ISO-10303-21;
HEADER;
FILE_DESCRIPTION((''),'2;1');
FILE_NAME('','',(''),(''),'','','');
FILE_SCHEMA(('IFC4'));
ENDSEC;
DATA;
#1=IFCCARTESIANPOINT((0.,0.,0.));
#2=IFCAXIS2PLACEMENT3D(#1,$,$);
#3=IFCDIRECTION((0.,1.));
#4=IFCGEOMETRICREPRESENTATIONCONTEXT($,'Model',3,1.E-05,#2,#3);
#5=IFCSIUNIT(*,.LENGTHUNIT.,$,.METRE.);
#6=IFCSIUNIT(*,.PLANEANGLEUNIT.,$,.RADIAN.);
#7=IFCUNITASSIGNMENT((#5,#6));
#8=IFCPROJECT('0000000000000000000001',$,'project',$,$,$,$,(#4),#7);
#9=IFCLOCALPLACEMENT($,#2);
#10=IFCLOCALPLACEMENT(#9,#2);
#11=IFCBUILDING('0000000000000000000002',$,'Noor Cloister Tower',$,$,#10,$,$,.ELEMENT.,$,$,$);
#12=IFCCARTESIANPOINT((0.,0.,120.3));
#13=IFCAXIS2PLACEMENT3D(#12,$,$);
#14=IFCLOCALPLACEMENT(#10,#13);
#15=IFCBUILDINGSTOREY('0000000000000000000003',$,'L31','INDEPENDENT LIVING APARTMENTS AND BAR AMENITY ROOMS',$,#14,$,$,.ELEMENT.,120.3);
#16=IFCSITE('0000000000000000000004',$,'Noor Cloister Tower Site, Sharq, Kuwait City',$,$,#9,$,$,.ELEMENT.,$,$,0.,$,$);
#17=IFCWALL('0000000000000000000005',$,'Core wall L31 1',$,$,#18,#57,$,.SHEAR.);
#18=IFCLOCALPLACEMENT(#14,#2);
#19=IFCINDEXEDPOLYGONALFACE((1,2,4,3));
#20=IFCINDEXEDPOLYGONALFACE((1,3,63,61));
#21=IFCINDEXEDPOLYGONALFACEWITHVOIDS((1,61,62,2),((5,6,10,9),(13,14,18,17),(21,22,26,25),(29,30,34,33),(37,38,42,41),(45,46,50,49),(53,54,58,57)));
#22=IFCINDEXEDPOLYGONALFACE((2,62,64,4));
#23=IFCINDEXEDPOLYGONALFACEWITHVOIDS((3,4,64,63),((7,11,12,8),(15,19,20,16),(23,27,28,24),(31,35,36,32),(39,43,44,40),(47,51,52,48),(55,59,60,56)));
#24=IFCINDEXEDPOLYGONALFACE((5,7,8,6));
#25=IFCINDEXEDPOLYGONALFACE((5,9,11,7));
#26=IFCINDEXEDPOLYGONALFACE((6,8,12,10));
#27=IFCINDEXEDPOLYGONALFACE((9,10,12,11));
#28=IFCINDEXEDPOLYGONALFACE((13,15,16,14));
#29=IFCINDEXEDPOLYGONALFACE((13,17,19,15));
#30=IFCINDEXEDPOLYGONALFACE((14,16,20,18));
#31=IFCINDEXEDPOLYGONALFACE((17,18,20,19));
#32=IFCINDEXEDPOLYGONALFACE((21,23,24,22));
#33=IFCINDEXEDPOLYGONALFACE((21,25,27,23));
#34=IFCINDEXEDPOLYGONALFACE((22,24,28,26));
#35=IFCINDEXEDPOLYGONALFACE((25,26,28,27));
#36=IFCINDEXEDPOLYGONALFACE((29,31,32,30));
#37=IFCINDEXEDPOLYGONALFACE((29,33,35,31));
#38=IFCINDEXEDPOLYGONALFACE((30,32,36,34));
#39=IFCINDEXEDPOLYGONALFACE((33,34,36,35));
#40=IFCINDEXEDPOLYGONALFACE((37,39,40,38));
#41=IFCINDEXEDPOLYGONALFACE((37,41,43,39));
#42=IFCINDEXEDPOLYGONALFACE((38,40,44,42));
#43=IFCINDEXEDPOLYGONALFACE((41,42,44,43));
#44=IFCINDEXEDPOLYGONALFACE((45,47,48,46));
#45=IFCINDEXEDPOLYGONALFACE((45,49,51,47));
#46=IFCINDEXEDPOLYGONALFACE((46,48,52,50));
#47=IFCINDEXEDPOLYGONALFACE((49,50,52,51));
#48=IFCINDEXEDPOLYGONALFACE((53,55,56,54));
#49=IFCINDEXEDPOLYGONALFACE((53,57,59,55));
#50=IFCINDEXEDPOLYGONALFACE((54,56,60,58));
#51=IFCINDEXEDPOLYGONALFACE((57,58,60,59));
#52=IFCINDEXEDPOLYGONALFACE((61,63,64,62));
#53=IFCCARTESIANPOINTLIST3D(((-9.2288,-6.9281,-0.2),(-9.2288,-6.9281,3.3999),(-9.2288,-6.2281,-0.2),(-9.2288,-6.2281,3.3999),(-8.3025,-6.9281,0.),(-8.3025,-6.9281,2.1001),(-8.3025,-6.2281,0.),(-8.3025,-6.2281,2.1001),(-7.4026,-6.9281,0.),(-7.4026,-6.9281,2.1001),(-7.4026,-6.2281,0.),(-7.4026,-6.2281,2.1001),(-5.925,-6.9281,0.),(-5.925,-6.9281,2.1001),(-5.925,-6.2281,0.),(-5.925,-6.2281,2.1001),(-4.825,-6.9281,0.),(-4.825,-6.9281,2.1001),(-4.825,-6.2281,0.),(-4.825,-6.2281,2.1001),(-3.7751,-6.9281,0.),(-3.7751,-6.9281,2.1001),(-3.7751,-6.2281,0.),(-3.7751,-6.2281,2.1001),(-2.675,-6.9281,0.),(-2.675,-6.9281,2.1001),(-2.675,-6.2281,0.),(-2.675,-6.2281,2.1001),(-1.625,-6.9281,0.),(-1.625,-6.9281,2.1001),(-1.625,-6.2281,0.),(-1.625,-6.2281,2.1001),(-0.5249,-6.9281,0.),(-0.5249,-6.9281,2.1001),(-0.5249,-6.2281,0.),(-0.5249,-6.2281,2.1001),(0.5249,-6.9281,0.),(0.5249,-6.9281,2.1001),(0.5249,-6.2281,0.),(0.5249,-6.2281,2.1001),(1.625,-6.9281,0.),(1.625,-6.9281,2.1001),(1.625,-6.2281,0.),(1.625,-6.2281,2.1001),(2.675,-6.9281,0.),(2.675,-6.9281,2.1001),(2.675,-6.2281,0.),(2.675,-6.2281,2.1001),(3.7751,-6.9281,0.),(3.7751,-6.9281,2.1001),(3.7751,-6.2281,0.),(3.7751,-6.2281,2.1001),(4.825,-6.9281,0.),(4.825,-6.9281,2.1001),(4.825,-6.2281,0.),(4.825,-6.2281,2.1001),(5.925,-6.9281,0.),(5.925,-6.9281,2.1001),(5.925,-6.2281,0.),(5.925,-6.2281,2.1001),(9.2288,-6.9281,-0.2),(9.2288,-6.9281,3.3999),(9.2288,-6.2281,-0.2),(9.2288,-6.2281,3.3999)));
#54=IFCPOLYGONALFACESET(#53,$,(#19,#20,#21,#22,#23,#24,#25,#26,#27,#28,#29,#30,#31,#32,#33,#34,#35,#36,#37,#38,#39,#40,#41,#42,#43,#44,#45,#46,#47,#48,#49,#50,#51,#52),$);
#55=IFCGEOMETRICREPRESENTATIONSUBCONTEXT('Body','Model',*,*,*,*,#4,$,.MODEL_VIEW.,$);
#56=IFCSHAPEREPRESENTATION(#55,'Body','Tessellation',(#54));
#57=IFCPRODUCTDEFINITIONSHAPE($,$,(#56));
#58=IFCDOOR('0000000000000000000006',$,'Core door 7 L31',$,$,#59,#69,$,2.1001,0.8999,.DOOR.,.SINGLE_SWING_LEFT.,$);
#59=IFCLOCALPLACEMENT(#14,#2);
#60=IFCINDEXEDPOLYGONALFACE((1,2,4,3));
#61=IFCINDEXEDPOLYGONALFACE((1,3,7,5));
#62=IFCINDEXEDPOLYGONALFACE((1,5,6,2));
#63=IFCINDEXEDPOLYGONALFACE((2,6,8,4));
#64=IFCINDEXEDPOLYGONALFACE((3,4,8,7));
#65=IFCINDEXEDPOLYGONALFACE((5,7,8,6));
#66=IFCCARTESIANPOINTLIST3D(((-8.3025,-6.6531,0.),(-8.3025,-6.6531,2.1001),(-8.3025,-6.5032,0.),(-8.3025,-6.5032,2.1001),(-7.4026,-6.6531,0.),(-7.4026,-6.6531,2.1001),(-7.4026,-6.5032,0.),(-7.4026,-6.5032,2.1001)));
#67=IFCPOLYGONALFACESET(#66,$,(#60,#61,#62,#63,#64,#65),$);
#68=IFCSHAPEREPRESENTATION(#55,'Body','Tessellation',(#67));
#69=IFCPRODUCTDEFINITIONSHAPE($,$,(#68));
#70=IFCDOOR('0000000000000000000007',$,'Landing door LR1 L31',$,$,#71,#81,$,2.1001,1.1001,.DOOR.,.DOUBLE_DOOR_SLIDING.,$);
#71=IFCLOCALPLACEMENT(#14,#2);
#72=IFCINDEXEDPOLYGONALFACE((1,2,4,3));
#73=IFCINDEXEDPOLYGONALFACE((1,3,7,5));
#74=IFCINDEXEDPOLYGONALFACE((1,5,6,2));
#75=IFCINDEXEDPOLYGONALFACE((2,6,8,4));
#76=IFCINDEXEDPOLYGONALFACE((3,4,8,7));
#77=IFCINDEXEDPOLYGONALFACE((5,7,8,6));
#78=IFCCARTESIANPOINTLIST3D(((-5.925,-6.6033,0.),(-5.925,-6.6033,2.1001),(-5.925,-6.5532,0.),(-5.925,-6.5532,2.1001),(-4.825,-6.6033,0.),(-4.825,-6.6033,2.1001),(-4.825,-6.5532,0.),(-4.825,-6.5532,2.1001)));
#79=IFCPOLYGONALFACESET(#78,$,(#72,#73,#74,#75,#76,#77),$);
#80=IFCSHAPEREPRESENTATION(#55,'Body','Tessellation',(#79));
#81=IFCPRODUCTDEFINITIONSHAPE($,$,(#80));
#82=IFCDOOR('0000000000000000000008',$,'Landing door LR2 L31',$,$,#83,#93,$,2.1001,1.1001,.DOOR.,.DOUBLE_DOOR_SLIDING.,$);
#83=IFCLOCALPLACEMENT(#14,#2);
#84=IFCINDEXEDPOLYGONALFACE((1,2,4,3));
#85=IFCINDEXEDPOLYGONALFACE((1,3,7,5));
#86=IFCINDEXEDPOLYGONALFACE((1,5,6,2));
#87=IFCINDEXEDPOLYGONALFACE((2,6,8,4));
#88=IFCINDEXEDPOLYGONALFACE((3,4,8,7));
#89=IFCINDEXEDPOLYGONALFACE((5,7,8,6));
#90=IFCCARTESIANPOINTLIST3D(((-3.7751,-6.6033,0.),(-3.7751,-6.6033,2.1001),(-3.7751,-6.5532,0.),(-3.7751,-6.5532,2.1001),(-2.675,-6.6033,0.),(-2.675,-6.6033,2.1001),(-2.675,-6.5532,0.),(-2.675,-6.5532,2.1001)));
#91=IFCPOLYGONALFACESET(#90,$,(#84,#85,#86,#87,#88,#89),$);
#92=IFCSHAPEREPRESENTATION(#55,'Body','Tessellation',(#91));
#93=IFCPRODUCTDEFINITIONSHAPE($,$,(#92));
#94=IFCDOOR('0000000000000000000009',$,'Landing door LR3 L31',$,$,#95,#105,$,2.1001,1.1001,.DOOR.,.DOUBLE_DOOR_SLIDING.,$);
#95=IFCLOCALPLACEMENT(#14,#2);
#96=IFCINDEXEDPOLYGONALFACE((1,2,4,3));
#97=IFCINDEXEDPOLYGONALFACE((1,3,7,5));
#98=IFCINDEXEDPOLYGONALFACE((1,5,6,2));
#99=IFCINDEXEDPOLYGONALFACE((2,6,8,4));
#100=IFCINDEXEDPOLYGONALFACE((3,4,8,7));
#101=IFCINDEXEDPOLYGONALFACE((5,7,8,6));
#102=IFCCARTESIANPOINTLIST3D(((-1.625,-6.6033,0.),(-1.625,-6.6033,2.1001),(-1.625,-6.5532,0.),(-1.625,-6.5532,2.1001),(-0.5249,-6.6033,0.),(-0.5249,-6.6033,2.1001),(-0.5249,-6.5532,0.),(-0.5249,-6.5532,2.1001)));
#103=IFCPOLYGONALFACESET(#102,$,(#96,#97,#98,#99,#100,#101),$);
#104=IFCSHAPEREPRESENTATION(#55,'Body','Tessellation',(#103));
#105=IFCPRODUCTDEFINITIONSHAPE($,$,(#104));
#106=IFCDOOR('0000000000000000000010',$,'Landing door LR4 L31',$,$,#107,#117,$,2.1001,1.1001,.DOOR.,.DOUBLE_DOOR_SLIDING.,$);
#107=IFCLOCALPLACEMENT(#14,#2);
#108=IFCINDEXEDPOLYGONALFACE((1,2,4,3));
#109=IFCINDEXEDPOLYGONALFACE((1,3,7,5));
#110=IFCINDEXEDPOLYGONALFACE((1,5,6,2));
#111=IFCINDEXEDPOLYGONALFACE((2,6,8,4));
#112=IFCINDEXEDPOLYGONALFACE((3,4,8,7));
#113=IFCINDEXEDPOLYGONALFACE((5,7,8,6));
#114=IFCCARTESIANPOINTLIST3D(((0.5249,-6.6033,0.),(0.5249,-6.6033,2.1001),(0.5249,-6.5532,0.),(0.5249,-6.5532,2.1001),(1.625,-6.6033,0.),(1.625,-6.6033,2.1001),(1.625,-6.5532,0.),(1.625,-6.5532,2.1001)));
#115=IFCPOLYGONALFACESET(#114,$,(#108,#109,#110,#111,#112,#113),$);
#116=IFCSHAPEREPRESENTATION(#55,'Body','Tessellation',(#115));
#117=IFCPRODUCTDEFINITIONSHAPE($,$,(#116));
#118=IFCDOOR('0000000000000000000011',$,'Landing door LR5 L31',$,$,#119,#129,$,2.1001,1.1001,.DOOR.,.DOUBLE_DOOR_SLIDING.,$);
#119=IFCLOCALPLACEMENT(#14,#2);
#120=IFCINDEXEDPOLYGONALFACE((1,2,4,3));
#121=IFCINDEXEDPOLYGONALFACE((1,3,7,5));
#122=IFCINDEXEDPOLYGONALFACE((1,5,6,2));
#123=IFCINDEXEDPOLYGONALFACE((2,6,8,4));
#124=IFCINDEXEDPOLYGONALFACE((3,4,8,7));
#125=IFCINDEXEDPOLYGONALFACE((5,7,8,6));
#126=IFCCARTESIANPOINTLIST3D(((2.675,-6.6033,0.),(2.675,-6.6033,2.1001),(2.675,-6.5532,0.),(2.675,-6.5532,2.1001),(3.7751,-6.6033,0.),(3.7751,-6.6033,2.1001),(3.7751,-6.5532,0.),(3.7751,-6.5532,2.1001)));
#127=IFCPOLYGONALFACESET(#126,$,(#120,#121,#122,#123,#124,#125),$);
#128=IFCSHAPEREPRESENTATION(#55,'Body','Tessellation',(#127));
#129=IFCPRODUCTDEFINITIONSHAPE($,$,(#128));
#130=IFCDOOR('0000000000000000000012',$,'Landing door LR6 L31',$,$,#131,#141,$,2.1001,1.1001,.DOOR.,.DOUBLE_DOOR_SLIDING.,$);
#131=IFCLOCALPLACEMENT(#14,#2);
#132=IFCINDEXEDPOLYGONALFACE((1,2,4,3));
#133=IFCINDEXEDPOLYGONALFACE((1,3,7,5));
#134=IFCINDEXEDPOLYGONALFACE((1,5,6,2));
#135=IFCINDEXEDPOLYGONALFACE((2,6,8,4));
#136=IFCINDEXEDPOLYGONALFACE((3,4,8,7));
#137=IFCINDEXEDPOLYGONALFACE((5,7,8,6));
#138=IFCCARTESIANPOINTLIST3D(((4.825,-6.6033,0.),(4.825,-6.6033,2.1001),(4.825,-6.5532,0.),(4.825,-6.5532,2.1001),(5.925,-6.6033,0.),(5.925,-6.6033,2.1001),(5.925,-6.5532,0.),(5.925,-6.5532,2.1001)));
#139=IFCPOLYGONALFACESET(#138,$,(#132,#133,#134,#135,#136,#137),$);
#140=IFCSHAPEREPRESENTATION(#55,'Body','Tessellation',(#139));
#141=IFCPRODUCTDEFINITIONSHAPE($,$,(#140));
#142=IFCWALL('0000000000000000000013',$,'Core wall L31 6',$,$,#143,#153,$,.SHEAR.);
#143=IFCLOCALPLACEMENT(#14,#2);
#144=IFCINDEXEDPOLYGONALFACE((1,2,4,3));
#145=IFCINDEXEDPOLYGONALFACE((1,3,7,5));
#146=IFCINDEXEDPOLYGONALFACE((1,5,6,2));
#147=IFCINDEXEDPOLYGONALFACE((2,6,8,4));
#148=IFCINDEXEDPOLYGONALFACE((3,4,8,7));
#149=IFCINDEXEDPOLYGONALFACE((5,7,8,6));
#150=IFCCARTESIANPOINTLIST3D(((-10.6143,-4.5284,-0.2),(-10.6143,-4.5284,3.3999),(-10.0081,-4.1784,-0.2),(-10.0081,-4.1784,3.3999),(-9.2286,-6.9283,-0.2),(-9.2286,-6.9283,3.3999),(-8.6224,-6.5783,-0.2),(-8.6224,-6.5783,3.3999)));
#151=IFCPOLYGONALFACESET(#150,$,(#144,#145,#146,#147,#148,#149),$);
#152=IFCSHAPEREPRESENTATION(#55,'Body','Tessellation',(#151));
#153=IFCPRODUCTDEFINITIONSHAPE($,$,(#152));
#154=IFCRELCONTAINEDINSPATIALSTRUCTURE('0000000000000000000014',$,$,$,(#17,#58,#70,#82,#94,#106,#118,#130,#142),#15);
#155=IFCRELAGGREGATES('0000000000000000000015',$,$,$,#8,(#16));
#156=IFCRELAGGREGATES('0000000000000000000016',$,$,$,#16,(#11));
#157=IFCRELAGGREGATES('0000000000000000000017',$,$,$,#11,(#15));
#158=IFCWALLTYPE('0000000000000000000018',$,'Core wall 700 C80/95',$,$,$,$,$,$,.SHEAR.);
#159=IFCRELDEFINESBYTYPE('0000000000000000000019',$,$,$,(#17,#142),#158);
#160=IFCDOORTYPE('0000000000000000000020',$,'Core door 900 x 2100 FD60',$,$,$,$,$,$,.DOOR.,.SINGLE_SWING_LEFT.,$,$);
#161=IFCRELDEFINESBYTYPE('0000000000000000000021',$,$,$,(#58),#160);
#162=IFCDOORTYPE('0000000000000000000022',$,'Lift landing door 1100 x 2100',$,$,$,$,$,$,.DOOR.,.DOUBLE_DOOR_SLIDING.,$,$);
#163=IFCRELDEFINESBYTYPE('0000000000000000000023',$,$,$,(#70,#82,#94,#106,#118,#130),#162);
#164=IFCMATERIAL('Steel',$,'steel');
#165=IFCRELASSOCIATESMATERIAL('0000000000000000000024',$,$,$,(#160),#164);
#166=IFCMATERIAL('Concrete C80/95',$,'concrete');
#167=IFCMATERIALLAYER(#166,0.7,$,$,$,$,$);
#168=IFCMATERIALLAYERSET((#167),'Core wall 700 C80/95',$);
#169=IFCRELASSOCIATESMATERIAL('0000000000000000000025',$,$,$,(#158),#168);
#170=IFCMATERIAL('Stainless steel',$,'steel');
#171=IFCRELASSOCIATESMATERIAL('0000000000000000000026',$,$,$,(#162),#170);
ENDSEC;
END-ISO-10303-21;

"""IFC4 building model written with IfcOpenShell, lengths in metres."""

from ifc_helpers import new_model, si_unit, direction, frame, frame_2d, origin, place, context, subcontext, project, spatial, rectangle, extrude, material, layer, layer_set, type_object, element, fill, save


model = new_model("IFC4")

# Units and contexts
model_context = context("Model", 3, precision=1e-05, world=origin(), true_north=direction((0.0, 1.0)))
body_context = subcontext(model_context, "Body", "Model", "MODEL_VIEW")
ifc_project = project(units=[si_unit("LENGTHUNIT", "METRE"), si_unit("PLANEANGLEUNIT", "RADIAN")], contexts=[model_context])

# Site, building, storey
site_placement = place(None, origin())
site = spatial("IfcSite", under=ifc_project, at=site_placement, Name="Noor Cloister Tower Site, Sharq, Kuwait City", CompositionType="ELEMENT", RefElevation=0.0)
building_placement = place(site_placement, origin())
building = spatial("IfcBuilding", under=site, at=building_placement, Name="Noor Cloister Tower", CompositionType="ELEMENT")
storey_placement = place(building_placement, frame((0.0, 0.0, 120.3)))
storey = spatial("IfcBuildingStorey", under=building, at=storey_placement, Name="L31", Description="INDEPENDENT LIVING APARTMENTS AND BAR AMENITY ROOMS", CompositionType="ELEMENT", Elevation=120.3)

# Shared definitions
ifc_material_1 = material(Name="Steel", Category="steel")
door_type_1 = type_object("IfcDoorType", Name="Core door 900 x 2100 FD60", OperationType="SINGLE_SWING_LEFT", PredefinedType="DOOR", material=ifc_material_1)

# Wall, openings, doors
ifc_material_2 = material(Name="Concrete C80/95", Category="concrete")
ifc_layer_1 = layer(ifc_material_2, 0.7)
ifc_layer_set_1 = layer_set([ifc_layer_1], Name="Core wall 700 C80/95")
wall_type_1 = type_object("IfcWallType", Name="Core wall 700 C80/95", PredefinedType="SHEAR", material=ifc_layer_set_1)
wall_1_placement = place(storey_placement, frame((-9.2288, -6.5781, -0.2), z_axis=(0.0, 0.0, 1.0), x_axis=(1.0, 0.0, 0.0)))
wall_1 = element("IfcWall", 1, at=wall_1_placement, inside=storey, type_object=wall_type_1, Name="Core wall L31 1", PredefinedType="SHEAR", context=body_context, shape_type="SweptSolid", body=[
    extrude(rectangle(XDim=18.4575, YDim=0.7, at=frame_2d((9.2288, 0.0))), origin(), (0.0, 0.0, 1.0), 3.5999),
])
opening_1_placement = place(wall_1_placement, frame((3.3037, 0.0, 0.2)))
opening_1 = element("IfcOpeningElement", 2, at=opening_1_placement, cuts=wall_1, PredefinedType="OPENING", context=body_context, shape_type="SweptSolid", body=[
    extrude(rectangle(XDim=1.1001, YDim=2.1001, at=frame_2d((0.55, 1.05))), frame((0.0, 0.3599, 0.0), z_axis=(0.0, -1.0, 0.0), x_axis=(1.0, 0.0, 0.0)), (0.0, 0.0, 1.0), 0.72),
])
opening_2_placement = place(wall_1_placement, frame((5.4536, 0.0, 0.2)))
opening_2 = element("IfcOpeningElement", 3, at=opening_2_placement, cuts=wall_1, PredefinedType="OPENING", context=body_context, shape_type="SweptSolid", body=[
    extrude(rectangle(XDim=1.1001, YDim=2.1001, at=frame_2d((0.55, 1.05))), frame((0.0, 0.3599, 0.0), z_axis=(0.0, -1.0, 0.0), x_axis=(1.0, 0.0, 0.0)), (0.0, 0.0, 1.0), 0.72),
])
opening_3_placement = place(wall_1_placement, frame((7.6038, 0.0, 0.2)))
opening_3 = element("IfcOpeningElement", 4, at=opening_3_placement, cuts=wall_1, PredefinedType="OPENING", context=body_context, shape_type="SweptSolid", body=[
    extrude(rectangle(XDim=1.1001, YDim=2.1001, at=frame_2d((0.55, 1.05))), frame((0.0, 0.3599, 0.0), z_axis=(0.0, -1.0, 0.0), x_axis=(1.0, 0.0, 0.0)), (0.0, 0.0, 1.0), 0.72),
])
opening_4_placement = place(wall_1_placement, frame((9.7537, 0.0, 0.2)))
opening_4 = element("IfcOpeningElement", 5, at=opening_4_placement, cuts=wall_1, PredefinedType="OPENING", context=body_context, shape_type="SweptSolid", body=[
    extrude(rectangle(XDim=1.1001, YDim=2.1001, at=frame_2d((0.55, 1.05))), frame((0.0, 0.3599, 0.0), z_axis=(0.0, -1.0, 0.0), x_axis=(1.0, 0.0, 0.0)), (0.0, 0.0, 1.0), 0.72),
])
opening_5_placement = place(wall_1_placement, frame((11.9038, 0.0, 0.2)))
opening_5 = element("IfcOpeningElement", 6, at=opening_5_placement, cuts=wall_1, PredefinedType="OPENING", context=body_context, shape_type="SweptSolid", body=[
    extrude(rectangle(XDim=1.1001, YDim=2.1001, at=frame_2d((0.55, 1.05))), frame((0.0, 0.3599, 0.0), z_axis=(0.0, -1.0, 0.0), x_axis=(1.0, 0.0, 0.0)), (0.0, 0.0, 1.0), 0.72),
])
opening_6_placement = place(wall_1_placement, frame((14.0537, 0.0, 0.2)))
opening_6 = element("IfcOpeningElement", 7, at=opening_6_placement, cuts=wall_1, PredefinedType="OPENING", context=body_context, shape_type="SweptSolid", body=[
    extrude(rectangle(XDim=1.1001, YDim=2.1001, at=frame_2d((0.55, 1.05))), frame((0.0, 0.3599, 0.0), z_axis=(0.0, -1.0, 0.0), x_axis=(1.0, 0.0, 0.0)), (0.0, 0.0, 1.0), 0.72),
])
opening_7_placement = place(wall_1_placement, frame((0.9263, 0.0, 0.2)))
opening_7 = element("IfcOpeningElement", 8, at=opening_7_placement, cuts=wall_1, PredefinedType="OPENING", context=body_context, shape_type="SweptSolid", body=[
    extrude(rectangle(XDim=0.8999, YDim=2.1001, at=frame_2d((0.45, 1.05))), frame((0.0, 0.3599, 0.0), z_axis=(0.0, -1.0, 0.0), x_axis=(1.0, 0.0, 0.0)), (0.0, 0.0, 1.0), 0.72),
])
door_1_placement = place(opening_7_placement, origin())
door_1 = element("IfcDoor", 9, at=door_1_placement, inside=storey, type_object=door_type_1, Name="Core door 7 L31", OperationType="SINGLE_SWING_LEFT", OverallHeight=2.1001, OverallWidth=0.8999, PredefinedType="DOOR", context=body_context, shape_type="SweptSolid", body=[
    extrude(rectangle(XDim=0.8999, YDim=2.1001, at=frame_2d((0.45, 1.05))), frame((0.0, 0.075, 0.0), z_axis=(0.0, -1.0, 0.0), x_axis=(1.0, 0.0, 0.0)), (0.0, 0.0, 1.0), 0.1499),
])
fill(opening_7, door_1)
ifc_material_3 = material(Name="Stainless steel", Category="steel")
door_type_2 = type_object("IfcDoorType", Name="Lift landing door 1100 x 2100", OperationType="DOUBLE_DOOR_SLIDING", PredefinedType="DOOR", material=ifc_material_3)
door_2_placement = place(opening_1_placement, origin())
door_2 = element("IfcDoor", 10, at=door_2_placement, inside=storey, type_object=door_type_2, Name="Landing door LR1 L31", OperationType="DOUBLE_DOOR_SLIDING", OverallHeight=2.1001, OverallWidth=1.1001, PredefinedType="DOOR", context=body_context, shape_type="SweptSolid", body=[
    extrude(rectangle(XDim=1.1001, YDim=2.1001, at=frame_2d((0.55, 1.05))), frame((0.0, 0.0249, 0.0), z_axis=(0.0, -1.0, 0.0), x_axis=(1.0, 0.0, 0.0)), (0.0, 0.0, 1.0), 0.05),
])
fill(opening_1, door_2)
door_3_placement = place(opening_2_placement, origin())
door_3 = element("IfcDoor", 11, at=door_3_placement, inside=storey, type_object=door_type_2, Name="Landing door LR2 L31", OperationType="DOUBLE_DOOR_SLIDING", OverallHeight=2.1001, OverallWidth=1.1001, PredefinedType="DOOR", context=body_context, shape_type="SweptSolid", body=[
    extrude(rectangle(XDim=1.1001, YDim=2.1001, at=frame_2d((0.55, 1.05))), frame((0.0, 0.0249, 0.0), z_axis=(0.0, -1.0, 0.0), x_axis=(1.0, 0.0, 0.0)), (0.0, 0.0, 1.0), 0.05),
])
fill(opening_2, door_3)
door_4_placement = place(opening_3_placement, origin())
door_4 = element("IfcDoor", 12, at=door_4_placement, inside=storey, type_object=door_type_2, Name="Landing door LR3 L31", OperationType="DOUBLE_DOOR_SLIDING", OverallHeight=2.1001, OverallWidth=1.1001, PredefinedType="DOOR", context=body_context, shape_type="SweptSolid", body=[
    extrude(rectangle(XDim=1.1001, YDim=2.1001, at=frame_2d((0.55, 1.05))), frame((0.0, 0.0249, 0.0), z_axis=(0.0, -1.0, 0.0), x_axis=(1.0, 0.0, 0.0)), (0.0, 0.0, 1.0), 0.05),
])
fill(opening_3, door_4)
door_5_placement = place(opening_4_placement, origin())
door_5 = element("IfcDoor", 13, at=door_5_placement, inside=storey, type_object=door_type_2, Name="Landing door LR4 L31", OperationType="DOUBLE_DOOR_SLIDING", OverallHeight=2.1001, OverallWidth=1.1001, PredefinedType="DOOR", context=body_context, shape_type="SweptSolid", body=[
    extrude(rectangle(XDim=1.1001, YDim=2.1001, at=frame_2d((0.55, 1.05))), frame((0.0, 0.0249, 0.0), z_axis=(0.0, -1.0, 0.0), x_axis=(1.0, 0.0, 0.0)), (0.0, 0.0, 1.0), 0.05),
])
fill(opening_4, door_5)
door_6_placement = place(opening_5_placement, origin())
door_6 = element("IfcDoor", 14, at=door_6_placement, inside=storey, type_object=door_type_2, Name="Landing door LR5 L31", OperationType="DOUBLE_DOOR_SLIDING", OverallHeight=2.1001, OverallWidth=1.1001, PredefinedType="DOOR", context=body_context, shape_type="SweptSolid", body=[
    extrude(rectangle(XDim=1.1001, YDim=2.1001, at=frame_2d((0.55, 1.05))), frame((0.0, 0.0249, 0.0), z_axis=(0.0, -1.0, 0.0), x_axis=(1.0, 0.0, 0.0)), (0.0, 0.0, 1.0), 0.05),
])
fill(opening_5, door_6)
door_7_placement = place(opening_6_placement, origin())
door_7 = element("IfcDoor", 15, at=door_7_placement, inside=storey, type_object=door_type_2, Name="Landing door LR6 L31", OperationType="DOUBLE_DOOR_SLIDING", OverallHeight=2.1001, OverallWidth=1.1001, PredefinedType="DOOR", context=body_context, shape_type="SweptSolid", body=[
    extrude(rectangle(XDim=1.1001, YDim=2.1001, at=frame_2d((0.55, 1.05))), frame((0.0, 0.0249, 0.0), z_axis=(0.0, -1.0, 0.0), x_axis=(1.0, 0.0, 0.0)), (0.0, 0.0, 1.0), 0.05),
])
fill(opening_6, door_7)

# Wall
wall_2_placement = place(storey_placement, frame((-10.3113, -4.3533, -0.2), z_axis=(0.0, 0.0, 1.0), x_axis=(0.500043, -0.866001, 0.0)))
element("IfcWall", 16, at=wall_2_placement, inside=storey, type_object=wall_type_1, Name="Core wall L31 6", PredefinedType="SHEAR", context=body_context, shape_type="SweptSolid", body=[
    extrude(rectangle(XDim=2.7712, YDim=0.7, at=frame_2d((1.3857, 0.0))), origin(), (0.0, 0.0, 1.0), 3.5999),
])

save(model, "model.ifc")
